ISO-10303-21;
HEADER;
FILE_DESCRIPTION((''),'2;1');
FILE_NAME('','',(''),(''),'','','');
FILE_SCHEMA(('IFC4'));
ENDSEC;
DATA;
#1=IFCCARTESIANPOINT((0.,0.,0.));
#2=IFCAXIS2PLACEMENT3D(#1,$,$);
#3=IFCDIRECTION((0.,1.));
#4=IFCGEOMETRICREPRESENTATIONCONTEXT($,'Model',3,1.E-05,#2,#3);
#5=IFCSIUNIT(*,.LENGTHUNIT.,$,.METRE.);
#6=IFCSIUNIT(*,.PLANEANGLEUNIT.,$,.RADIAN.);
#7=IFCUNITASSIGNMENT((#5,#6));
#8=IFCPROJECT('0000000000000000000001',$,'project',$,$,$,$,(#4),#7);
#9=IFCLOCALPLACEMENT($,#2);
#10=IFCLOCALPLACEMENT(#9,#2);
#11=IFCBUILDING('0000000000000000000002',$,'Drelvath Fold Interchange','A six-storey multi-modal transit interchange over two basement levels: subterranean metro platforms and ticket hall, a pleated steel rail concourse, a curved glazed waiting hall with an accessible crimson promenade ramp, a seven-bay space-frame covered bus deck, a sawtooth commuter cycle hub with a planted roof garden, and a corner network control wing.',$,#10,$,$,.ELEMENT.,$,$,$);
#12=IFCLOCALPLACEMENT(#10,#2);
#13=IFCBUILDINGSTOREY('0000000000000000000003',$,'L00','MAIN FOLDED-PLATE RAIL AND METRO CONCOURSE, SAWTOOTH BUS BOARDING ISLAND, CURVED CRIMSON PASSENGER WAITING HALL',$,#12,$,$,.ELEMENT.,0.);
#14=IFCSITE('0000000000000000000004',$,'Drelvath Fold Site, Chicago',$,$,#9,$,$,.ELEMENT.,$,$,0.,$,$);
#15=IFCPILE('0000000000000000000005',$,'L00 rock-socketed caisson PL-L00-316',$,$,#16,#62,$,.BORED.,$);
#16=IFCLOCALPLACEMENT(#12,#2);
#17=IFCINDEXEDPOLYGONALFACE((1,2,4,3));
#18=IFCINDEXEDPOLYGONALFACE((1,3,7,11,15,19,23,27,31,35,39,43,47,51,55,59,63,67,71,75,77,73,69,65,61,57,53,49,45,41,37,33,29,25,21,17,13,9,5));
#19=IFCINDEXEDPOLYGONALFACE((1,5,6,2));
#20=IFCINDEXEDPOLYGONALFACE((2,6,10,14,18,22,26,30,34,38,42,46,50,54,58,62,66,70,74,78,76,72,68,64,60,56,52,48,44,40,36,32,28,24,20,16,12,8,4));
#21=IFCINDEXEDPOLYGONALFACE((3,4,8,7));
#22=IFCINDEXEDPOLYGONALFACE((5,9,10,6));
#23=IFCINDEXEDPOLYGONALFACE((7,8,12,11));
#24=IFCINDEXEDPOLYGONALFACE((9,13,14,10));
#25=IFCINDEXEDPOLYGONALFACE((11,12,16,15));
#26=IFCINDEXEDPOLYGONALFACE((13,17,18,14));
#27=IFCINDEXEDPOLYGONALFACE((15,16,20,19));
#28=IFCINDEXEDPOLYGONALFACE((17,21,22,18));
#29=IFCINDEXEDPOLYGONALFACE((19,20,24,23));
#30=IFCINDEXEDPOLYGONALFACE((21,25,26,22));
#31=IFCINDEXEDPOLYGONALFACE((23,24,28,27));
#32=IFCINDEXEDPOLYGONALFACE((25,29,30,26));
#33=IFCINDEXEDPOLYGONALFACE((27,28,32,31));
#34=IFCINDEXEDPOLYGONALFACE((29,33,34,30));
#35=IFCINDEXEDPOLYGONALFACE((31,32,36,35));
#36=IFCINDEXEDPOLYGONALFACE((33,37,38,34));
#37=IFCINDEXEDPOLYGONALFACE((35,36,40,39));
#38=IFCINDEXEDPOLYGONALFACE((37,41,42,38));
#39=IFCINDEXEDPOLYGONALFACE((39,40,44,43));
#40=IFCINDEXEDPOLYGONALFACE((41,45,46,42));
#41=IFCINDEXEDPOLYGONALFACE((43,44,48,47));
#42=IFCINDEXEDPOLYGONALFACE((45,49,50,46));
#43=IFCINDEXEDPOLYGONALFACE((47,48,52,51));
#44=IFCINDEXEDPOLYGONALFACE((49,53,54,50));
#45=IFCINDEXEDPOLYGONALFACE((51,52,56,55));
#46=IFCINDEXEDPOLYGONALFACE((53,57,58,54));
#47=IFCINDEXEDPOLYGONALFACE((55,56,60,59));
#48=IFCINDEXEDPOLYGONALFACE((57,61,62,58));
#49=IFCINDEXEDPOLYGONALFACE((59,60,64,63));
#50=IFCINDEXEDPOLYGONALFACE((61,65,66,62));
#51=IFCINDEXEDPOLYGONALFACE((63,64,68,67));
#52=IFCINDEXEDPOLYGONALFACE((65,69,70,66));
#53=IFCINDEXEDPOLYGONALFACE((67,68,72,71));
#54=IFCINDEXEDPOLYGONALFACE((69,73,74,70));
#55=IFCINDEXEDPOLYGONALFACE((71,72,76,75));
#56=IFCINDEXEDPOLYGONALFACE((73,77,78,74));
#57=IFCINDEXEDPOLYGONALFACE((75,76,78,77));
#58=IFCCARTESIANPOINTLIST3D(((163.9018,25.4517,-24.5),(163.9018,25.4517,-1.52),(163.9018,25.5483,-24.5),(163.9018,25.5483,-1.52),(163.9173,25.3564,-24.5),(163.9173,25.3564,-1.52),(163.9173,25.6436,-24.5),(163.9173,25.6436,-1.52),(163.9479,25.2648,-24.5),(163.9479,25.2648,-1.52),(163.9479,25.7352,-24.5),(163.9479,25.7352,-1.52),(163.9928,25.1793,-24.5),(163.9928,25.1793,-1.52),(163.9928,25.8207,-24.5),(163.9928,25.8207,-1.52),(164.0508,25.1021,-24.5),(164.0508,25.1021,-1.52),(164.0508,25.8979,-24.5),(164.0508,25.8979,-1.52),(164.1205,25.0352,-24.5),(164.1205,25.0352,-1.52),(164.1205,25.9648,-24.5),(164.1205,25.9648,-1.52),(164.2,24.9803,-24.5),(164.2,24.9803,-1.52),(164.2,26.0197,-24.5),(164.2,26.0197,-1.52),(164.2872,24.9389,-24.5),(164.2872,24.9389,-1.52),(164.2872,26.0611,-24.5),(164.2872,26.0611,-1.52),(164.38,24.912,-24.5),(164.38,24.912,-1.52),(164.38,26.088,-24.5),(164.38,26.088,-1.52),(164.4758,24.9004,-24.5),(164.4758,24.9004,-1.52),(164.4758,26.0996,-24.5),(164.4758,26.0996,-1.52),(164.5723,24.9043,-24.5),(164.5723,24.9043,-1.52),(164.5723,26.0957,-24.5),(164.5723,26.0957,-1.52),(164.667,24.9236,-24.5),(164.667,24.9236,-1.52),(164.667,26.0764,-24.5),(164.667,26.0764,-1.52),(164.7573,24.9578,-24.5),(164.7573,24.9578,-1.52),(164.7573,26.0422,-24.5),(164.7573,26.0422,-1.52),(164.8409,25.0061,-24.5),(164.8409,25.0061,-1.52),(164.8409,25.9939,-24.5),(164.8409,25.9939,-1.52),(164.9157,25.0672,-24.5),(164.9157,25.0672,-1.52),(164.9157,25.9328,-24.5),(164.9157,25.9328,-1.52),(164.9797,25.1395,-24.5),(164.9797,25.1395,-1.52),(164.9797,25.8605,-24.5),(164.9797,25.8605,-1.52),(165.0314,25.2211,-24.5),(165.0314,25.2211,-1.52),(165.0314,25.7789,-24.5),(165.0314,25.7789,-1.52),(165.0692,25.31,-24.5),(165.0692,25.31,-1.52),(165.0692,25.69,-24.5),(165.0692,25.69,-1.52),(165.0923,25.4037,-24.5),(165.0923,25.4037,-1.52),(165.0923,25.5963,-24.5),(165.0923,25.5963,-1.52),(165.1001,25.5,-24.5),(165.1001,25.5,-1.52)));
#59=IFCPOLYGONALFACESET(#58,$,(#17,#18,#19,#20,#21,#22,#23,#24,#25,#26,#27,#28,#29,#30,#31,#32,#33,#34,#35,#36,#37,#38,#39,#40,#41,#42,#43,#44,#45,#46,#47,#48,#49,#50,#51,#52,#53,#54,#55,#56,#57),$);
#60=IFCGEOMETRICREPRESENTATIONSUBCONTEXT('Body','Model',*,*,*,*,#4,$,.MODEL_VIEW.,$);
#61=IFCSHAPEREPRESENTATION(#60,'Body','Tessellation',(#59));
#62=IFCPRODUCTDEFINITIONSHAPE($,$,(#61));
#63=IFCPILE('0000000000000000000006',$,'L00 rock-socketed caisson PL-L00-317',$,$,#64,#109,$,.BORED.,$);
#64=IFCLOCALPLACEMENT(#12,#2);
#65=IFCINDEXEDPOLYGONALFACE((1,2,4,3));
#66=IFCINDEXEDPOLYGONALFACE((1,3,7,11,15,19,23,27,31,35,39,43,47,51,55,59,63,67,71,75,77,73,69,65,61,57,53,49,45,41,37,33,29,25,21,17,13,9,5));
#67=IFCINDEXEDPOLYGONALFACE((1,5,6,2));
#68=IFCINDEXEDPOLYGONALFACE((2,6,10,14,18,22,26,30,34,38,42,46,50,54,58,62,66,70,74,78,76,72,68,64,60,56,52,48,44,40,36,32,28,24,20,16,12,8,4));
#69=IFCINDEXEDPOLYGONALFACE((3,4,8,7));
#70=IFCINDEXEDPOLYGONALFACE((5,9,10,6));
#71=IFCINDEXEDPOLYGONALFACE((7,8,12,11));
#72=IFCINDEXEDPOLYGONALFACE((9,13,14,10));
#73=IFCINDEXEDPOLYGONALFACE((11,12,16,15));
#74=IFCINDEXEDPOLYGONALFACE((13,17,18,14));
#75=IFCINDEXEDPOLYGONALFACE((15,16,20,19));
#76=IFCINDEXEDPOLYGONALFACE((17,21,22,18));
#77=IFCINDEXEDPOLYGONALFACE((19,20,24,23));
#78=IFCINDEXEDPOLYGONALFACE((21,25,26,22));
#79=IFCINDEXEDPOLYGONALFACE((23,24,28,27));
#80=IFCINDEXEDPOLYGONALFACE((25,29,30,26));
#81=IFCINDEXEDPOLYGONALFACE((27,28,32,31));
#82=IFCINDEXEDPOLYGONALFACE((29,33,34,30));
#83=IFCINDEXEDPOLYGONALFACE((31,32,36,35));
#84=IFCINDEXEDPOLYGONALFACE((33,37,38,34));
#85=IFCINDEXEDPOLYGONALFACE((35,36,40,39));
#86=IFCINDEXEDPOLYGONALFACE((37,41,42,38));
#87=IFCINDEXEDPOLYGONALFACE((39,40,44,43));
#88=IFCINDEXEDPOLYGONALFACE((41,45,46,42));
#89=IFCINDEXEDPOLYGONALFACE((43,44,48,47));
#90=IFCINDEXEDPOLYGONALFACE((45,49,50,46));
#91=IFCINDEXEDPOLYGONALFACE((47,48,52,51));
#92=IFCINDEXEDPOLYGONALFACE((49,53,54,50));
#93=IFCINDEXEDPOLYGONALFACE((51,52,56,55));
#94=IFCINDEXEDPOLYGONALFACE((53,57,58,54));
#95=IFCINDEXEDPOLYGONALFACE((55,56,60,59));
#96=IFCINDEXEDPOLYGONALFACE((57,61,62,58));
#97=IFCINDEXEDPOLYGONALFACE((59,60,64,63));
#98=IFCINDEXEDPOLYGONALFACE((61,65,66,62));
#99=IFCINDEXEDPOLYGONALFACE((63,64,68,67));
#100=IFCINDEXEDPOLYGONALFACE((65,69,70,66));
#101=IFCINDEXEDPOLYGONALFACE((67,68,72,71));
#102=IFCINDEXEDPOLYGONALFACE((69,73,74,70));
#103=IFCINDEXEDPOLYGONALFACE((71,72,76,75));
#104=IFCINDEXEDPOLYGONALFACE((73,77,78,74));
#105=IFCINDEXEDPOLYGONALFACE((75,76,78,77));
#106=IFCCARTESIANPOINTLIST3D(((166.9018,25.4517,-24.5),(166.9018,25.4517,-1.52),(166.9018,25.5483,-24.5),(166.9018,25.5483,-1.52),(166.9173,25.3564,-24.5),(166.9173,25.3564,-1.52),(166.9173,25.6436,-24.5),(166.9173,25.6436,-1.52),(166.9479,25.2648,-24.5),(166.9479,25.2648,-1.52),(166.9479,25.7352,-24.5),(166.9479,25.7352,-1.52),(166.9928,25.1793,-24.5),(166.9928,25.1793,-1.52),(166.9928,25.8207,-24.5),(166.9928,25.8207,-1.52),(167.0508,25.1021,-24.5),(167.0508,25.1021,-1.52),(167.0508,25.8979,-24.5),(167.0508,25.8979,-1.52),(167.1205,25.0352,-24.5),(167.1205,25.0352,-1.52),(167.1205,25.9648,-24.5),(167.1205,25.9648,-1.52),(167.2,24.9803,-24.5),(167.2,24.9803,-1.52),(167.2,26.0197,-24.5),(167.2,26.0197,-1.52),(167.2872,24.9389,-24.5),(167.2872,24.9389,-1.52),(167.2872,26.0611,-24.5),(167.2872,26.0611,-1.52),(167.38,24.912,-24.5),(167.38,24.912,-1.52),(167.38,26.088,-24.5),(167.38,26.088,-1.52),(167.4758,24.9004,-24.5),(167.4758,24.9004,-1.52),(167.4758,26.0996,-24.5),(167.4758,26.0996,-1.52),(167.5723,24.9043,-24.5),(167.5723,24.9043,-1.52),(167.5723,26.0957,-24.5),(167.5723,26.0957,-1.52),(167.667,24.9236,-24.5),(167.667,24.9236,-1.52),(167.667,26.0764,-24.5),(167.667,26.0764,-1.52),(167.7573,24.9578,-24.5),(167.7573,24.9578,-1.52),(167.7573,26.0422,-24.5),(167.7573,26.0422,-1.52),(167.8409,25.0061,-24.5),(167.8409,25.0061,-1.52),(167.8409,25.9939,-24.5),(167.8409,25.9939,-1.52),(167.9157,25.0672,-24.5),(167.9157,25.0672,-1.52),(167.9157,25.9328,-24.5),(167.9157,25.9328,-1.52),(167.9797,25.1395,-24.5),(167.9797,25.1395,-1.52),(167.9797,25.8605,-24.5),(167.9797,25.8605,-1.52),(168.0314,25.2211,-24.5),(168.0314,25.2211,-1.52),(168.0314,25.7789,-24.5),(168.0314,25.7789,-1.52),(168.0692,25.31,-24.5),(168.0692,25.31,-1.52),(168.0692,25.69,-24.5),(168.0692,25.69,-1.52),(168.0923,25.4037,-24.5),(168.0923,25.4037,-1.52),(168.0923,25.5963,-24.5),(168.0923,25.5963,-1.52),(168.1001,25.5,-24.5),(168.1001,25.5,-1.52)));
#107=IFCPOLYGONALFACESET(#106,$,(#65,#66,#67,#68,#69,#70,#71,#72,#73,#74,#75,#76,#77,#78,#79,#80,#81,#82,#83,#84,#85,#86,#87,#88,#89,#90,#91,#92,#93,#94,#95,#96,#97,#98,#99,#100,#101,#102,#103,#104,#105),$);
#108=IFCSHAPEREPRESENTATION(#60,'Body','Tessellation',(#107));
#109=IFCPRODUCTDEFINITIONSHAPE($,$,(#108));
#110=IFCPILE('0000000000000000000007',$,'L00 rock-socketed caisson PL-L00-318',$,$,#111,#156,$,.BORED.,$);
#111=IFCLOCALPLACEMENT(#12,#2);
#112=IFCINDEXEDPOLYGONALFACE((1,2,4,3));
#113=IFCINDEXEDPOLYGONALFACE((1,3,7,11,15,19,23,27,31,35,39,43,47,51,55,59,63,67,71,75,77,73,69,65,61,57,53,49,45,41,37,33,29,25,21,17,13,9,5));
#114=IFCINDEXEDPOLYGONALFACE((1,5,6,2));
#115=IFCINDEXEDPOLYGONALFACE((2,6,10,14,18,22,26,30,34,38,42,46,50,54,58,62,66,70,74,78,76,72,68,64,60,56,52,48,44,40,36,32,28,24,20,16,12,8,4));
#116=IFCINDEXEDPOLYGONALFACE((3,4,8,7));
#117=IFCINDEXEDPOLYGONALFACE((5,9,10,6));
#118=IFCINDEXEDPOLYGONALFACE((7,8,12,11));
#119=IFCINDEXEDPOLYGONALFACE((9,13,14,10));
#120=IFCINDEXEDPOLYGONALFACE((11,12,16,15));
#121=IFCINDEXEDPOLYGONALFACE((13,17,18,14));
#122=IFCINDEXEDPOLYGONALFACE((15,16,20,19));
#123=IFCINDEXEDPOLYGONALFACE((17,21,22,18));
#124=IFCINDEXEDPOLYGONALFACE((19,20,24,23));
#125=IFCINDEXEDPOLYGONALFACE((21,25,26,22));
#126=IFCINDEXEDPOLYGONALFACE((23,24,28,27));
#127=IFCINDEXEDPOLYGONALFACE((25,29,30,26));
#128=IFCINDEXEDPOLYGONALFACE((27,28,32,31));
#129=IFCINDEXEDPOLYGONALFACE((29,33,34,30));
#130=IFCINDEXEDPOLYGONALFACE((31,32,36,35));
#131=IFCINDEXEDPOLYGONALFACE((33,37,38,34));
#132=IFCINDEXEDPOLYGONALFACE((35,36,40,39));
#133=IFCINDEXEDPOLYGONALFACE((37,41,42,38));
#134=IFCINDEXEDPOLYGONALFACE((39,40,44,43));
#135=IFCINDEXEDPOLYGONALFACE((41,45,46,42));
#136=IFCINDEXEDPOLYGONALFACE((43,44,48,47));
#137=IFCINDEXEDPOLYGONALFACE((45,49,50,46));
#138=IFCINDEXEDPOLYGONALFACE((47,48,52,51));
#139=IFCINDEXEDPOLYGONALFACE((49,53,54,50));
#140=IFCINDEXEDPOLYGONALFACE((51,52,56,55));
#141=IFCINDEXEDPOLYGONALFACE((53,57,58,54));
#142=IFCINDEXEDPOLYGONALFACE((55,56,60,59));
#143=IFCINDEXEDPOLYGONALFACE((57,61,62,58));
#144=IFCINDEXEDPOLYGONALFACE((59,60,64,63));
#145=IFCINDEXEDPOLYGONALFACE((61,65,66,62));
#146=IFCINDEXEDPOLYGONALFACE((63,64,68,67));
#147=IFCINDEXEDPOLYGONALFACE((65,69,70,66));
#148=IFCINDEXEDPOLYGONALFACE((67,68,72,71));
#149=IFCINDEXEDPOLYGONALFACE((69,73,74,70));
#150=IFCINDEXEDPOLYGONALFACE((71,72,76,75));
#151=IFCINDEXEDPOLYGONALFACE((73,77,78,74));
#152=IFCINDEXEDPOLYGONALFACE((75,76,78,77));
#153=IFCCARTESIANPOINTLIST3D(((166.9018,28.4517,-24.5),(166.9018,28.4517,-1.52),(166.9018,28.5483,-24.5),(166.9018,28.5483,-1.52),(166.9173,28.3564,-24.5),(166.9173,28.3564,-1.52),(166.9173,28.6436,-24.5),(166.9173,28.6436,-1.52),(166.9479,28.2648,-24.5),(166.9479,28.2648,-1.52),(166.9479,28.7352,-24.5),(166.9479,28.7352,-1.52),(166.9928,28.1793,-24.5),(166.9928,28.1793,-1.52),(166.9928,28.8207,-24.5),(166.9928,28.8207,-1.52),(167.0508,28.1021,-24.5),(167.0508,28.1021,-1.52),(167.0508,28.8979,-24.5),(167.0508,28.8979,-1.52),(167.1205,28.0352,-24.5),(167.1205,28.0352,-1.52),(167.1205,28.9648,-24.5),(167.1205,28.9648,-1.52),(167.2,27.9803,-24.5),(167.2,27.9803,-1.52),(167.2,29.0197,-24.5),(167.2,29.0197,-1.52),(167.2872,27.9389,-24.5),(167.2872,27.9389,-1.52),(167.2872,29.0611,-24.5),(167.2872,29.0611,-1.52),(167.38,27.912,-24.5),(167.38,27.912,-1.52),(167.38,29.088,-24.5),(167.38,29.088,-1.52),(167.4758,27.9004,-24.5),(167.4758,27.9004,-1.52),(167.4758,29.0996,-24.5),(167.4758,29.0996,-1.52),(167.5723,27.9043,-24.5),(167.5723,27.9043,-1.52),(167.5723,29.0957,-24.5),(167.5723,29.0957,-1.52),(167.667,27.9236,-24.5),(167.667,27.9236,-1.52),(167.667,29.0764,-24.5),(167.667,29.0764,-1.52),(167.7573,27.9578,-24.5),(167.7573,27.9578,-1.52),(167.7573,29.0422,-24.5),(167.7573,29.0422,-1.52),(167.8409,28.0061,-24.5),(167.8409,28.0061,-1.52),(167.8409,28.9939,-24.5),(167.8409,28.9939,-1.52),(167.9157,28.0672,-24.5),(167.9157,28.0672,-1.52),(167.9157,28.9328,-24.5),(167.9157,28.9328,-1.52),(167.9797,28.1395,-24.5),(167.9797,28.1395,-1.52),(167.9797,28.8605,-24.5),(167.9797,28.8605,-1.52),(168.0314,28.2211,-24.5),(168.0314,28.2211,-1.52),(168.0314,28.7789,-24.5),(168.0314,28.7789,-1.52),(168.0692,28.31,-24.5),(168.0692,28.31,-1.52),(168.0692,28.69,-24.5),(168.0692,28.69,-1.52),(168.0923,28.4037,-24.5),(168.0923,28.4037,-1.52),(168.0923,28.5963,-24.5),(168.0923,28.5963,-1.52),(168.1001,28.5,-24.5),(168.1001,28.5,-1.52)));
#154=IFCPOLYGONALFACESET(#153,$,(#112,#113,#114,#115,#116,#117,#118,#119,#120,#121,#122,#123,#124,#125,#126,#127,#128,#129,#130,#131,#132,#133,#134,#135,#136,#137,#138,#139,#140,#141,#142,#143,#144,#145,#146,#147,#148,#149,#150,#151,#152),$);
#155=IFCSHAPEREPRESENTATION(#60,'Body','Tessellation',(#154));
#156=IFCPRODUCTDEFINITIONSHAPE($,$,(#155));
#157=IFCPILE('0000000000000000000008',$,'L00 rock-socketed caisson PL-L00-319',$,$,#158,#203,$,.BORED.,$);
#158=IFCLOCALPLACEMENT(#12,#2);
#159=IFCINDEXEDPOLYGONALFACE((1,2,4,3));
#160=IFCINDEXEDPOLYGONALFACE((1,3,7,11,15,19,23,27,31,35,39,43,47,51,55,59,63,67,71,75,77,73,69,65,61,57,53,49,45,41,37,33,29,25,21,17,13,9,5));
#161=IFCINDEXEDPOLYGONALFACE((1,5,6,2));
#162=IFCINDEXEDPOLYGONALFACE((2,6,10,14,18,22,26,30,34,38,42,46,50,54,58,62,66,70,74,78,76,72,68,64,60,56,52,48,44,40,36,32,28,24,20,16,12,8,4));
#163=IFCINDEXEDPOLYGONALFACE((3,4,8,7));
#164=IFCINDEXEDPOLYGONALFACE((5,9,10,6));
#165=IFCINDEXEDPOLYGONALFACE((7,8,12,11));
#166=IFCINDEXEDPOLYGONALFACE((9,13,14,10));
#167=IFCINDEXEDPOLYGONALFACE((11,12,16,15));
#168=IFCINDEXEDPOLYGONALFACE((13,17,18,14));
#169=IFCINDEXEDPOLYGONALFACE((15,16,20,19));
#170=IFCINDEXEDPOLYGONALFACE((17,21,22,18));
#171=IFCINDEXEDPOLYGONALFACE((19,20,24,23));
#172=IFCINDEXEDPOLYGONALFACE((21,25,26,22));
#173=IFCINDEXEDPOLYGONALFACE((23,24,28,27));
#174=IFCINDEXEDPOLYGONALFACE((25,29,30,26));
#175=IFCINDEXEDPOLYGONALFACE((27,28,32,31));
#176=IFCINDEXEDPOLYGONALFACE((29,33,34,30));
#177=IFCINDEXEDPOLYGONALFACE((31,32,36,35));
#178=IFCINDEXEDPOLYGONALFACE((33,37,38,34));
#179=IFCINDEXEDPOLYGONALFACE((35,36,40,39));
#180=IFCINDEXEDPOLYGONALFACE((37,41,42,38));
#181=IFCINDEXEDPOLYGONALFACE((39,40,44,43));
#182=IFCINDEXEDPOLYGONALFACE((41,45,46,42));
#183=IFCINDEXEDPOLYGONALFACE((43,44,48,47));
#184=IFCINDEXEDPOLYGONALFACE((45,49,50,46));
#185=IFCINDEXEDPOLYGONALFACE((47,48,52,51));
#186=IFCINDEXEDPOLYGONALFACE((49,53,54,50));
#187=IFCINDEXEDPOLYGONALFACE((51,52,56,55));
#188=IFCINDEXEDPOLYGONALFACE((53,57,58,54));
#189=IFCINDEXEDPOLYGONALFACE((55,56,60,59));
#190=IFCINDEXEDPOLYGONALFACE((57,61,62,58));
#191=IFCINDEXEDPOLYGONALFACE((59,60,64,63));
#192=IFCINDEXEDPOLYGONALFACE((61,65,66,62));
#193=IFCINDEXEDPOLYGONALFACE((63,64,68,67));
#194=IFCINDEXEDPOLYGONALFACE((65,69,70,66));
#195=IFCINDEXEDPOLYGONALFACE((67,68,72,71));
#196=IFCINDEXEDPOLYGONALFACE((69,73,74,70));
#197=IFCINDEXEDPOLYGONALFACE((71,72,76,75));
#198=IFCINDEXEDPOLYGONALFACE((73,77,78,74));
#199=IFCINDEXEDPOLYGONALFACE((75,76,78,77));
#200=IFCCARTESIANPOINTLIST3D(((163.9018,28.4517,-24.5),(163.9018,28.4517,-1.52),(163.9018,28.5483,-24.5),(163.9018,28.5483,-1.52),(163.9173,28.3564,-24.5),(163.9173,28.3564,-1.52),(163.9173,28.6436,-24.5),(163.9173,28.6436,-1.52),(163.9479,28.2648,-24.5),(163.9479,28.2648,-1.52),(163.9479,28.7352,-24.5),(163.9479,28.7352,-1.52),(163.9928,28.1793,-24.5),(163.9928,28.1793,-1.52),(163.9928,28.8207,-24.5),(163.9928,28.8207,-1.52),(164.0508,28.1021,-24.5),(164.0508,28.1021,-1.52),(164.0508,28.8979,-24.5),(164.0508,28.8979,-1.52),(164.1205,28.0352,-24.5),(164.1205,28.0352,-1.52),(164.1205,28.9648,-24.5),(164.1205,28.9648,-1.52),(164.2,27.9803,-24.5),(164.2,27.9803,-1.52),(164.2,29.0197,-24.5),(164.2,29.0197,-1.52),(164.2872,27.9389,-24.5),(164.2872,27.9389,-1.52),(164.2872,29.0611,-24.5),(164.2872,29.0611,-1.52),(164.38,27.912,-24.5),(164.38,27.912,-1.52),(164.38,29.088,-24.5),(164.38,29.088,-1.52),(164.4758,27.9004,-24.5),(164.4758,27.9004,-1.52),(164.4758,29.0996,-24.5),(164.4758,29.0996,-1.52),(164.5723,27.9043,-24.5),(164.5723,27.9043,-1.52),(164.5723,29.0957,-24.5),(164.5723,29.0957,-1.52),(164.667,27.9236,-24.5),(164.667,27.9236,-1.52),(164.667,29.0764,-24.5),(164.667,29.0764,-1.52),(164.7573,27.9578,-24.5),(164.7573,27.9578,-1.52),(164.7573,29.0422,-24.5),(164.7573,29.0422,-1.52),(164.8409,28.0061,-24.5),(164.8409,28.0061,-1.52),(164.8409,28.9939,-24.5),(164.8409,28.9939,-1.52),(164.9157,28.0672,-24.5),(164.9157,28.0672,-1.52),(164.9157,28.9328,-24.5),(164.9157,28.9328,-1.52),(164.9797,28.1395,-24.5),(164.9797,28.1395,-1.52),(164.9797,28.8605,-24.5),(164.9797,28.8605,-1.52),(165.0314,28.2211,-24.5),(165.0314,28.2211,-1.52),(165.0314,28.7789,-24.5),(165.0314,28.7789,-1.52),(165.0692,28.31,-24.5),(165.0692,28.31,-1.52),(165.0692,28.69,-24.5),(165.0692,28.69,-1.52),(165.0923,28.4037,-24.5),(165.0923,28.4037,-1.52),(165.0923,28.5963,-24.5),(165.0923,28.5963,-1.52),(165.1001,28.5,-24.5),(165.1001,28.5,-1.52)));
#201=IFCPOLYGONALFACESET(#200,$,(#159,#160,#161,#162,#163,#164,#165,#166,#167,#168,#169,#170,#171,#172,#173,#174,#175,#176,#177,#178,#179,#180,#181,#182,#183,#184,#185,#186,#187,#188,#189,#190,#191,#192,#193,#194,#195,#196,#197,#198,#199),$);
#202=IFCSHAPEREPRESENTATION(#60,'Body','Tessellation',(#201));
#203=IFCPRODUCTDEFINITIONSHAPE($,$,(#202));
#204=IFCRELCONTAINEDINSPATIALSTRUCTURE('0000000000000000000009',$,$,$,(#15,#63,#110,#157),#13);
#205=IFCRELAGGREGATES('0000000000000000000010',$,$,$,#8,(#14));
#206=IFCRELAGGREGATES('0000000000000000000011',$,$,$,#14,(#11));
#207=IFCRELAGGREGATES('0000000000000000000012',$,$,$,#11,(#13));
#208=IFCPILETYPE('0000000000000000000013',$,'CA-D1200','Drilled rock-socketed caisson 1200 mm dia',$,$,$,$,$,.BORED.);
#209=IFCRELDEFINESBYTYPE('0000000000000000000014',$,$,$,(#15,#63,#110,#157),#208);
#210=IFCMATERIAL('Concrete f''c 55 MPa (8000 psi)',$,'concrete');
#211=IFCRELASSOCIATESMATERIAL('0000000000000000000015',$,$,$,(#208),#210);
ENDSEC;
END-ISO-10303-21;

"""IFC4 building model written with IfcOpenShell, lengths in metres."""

from ifc_helpers import new_model, si_unit, direction, frame, origin, origin_2d, place, context, subcontext, project, spatial, circle, extrude, material, material_profile, profile_set, type_object, element, save


model = new_model("IFC4")

# Units and contexts
model_context = context("Model", 3, precision=1e-05, world=origin(), true_north=direction((0.0, 1.0)))
body_context = subcontext(model_context, "Body", "Model", "MODEL_VIEW")
ifc_project = project(units=[si_unit("LENGTHUNIT", "METRE"), si_unit("PLANEANGLEUNIT", "RADIAN")], contexts=[model_context])

# Site, building, storey
site_placement = place(None, origin())
site = spatial("IfcSite", under=ifc_project, at=site_placement, Name="Drelvath Fold Site, Chicago", CompositionType="ELEMENT", RefElevation=0.0)
building_placement = place(site_placement, origin())
building = spatial("IfcBuilding", under=site, at=building_placement, Name="Drelvath Fold Interchange", Description="A six-storey multi-modal transit interchange over two basement levels: subterranean metro platforms and ticket hall, a pleated steel rail concourse, a curved glazed waiting hall with an accessible crimson promenade ramp, a seven-bay space-frame covered bus deck, a sawtooth commuter cycle hub with a planted roof garden, and a corner network control wing.", CompositionType="ELEMENT")
storey_placement = place(building_placement, origin())
storey = spatial("IfcBuildingStorey", under=building, at=storey_placement, Name="L00", Description="MAIN FOLDED-PLATE RAIL AND METRO CONCOURSE, SAWTOOTH BUS BOARDING ISLAND, CURVED CRIMSON PASSENGER WAITING HALL", CompositionType="ELEMENT", Elevation=0.0)

# Piles
ifc_material_1 = material(Name="Concrete f'c 55 MPa (8000 psi)", Category="concrete")
ifc_material_profile_1 = material_profile(ifc_material_1, circle(Radius=0.6001, at=origin_2d()), Name="CAISSON D1200")
ifc_profile_set_1 = profile_set([ifc_material_profile_1], Name="Concrete f'c 55 MPa (8000 psi)")
pile_type_1 = type_object("IfcPileType", Name="CA-D1200", Description="Drilled rock-socketed caisson 1200 mm dia", PredefinedType="BORED", material=ifc_profile_set_1)
for number, where, z_axis, x_axis, name in (
    (1, (164.5, 25.5, -1.52), (0.0, 0.0, -1.0), (1.0, 0.0, 0.0), "L00 rock-socketed caisson PL-L00-316"),
    (2, (167.5, 25.5, -1.52), (0.0, 0.0, -1.0), (1.0, 0.0, 0.0), "L00 rock-socketed caisson PL-L00-317"),
    (3, (167.5, 28.5, -1.52), (0.0, 0.0, -1.0), (1.0, 0.0, 0.0), "L00 rock-socketed caisson PL-L00-318"),
    (4, (164.5, 28.5, -1.52), (0.0, 0.0, -1.0), (1.0, 0.0, 0.0), "L00 rock-socketed caisson PL-L00-319"),
):
    element("IfcPile", number, at=place(storey_placement, frame(where, z_axis=z_axis, x_axis=x_axis)), inside=storey, type_object=pile_type_1, Name=name, PredefinedType="BORED", context=body_context, shape_type="SweptSolid", body=[
        extrude(circle(Radius=0.6001, at=origin_2d()), origin(), (0.0, 0.0, 1.0), 22.98),
    ])

save(model, "model.ifc")
